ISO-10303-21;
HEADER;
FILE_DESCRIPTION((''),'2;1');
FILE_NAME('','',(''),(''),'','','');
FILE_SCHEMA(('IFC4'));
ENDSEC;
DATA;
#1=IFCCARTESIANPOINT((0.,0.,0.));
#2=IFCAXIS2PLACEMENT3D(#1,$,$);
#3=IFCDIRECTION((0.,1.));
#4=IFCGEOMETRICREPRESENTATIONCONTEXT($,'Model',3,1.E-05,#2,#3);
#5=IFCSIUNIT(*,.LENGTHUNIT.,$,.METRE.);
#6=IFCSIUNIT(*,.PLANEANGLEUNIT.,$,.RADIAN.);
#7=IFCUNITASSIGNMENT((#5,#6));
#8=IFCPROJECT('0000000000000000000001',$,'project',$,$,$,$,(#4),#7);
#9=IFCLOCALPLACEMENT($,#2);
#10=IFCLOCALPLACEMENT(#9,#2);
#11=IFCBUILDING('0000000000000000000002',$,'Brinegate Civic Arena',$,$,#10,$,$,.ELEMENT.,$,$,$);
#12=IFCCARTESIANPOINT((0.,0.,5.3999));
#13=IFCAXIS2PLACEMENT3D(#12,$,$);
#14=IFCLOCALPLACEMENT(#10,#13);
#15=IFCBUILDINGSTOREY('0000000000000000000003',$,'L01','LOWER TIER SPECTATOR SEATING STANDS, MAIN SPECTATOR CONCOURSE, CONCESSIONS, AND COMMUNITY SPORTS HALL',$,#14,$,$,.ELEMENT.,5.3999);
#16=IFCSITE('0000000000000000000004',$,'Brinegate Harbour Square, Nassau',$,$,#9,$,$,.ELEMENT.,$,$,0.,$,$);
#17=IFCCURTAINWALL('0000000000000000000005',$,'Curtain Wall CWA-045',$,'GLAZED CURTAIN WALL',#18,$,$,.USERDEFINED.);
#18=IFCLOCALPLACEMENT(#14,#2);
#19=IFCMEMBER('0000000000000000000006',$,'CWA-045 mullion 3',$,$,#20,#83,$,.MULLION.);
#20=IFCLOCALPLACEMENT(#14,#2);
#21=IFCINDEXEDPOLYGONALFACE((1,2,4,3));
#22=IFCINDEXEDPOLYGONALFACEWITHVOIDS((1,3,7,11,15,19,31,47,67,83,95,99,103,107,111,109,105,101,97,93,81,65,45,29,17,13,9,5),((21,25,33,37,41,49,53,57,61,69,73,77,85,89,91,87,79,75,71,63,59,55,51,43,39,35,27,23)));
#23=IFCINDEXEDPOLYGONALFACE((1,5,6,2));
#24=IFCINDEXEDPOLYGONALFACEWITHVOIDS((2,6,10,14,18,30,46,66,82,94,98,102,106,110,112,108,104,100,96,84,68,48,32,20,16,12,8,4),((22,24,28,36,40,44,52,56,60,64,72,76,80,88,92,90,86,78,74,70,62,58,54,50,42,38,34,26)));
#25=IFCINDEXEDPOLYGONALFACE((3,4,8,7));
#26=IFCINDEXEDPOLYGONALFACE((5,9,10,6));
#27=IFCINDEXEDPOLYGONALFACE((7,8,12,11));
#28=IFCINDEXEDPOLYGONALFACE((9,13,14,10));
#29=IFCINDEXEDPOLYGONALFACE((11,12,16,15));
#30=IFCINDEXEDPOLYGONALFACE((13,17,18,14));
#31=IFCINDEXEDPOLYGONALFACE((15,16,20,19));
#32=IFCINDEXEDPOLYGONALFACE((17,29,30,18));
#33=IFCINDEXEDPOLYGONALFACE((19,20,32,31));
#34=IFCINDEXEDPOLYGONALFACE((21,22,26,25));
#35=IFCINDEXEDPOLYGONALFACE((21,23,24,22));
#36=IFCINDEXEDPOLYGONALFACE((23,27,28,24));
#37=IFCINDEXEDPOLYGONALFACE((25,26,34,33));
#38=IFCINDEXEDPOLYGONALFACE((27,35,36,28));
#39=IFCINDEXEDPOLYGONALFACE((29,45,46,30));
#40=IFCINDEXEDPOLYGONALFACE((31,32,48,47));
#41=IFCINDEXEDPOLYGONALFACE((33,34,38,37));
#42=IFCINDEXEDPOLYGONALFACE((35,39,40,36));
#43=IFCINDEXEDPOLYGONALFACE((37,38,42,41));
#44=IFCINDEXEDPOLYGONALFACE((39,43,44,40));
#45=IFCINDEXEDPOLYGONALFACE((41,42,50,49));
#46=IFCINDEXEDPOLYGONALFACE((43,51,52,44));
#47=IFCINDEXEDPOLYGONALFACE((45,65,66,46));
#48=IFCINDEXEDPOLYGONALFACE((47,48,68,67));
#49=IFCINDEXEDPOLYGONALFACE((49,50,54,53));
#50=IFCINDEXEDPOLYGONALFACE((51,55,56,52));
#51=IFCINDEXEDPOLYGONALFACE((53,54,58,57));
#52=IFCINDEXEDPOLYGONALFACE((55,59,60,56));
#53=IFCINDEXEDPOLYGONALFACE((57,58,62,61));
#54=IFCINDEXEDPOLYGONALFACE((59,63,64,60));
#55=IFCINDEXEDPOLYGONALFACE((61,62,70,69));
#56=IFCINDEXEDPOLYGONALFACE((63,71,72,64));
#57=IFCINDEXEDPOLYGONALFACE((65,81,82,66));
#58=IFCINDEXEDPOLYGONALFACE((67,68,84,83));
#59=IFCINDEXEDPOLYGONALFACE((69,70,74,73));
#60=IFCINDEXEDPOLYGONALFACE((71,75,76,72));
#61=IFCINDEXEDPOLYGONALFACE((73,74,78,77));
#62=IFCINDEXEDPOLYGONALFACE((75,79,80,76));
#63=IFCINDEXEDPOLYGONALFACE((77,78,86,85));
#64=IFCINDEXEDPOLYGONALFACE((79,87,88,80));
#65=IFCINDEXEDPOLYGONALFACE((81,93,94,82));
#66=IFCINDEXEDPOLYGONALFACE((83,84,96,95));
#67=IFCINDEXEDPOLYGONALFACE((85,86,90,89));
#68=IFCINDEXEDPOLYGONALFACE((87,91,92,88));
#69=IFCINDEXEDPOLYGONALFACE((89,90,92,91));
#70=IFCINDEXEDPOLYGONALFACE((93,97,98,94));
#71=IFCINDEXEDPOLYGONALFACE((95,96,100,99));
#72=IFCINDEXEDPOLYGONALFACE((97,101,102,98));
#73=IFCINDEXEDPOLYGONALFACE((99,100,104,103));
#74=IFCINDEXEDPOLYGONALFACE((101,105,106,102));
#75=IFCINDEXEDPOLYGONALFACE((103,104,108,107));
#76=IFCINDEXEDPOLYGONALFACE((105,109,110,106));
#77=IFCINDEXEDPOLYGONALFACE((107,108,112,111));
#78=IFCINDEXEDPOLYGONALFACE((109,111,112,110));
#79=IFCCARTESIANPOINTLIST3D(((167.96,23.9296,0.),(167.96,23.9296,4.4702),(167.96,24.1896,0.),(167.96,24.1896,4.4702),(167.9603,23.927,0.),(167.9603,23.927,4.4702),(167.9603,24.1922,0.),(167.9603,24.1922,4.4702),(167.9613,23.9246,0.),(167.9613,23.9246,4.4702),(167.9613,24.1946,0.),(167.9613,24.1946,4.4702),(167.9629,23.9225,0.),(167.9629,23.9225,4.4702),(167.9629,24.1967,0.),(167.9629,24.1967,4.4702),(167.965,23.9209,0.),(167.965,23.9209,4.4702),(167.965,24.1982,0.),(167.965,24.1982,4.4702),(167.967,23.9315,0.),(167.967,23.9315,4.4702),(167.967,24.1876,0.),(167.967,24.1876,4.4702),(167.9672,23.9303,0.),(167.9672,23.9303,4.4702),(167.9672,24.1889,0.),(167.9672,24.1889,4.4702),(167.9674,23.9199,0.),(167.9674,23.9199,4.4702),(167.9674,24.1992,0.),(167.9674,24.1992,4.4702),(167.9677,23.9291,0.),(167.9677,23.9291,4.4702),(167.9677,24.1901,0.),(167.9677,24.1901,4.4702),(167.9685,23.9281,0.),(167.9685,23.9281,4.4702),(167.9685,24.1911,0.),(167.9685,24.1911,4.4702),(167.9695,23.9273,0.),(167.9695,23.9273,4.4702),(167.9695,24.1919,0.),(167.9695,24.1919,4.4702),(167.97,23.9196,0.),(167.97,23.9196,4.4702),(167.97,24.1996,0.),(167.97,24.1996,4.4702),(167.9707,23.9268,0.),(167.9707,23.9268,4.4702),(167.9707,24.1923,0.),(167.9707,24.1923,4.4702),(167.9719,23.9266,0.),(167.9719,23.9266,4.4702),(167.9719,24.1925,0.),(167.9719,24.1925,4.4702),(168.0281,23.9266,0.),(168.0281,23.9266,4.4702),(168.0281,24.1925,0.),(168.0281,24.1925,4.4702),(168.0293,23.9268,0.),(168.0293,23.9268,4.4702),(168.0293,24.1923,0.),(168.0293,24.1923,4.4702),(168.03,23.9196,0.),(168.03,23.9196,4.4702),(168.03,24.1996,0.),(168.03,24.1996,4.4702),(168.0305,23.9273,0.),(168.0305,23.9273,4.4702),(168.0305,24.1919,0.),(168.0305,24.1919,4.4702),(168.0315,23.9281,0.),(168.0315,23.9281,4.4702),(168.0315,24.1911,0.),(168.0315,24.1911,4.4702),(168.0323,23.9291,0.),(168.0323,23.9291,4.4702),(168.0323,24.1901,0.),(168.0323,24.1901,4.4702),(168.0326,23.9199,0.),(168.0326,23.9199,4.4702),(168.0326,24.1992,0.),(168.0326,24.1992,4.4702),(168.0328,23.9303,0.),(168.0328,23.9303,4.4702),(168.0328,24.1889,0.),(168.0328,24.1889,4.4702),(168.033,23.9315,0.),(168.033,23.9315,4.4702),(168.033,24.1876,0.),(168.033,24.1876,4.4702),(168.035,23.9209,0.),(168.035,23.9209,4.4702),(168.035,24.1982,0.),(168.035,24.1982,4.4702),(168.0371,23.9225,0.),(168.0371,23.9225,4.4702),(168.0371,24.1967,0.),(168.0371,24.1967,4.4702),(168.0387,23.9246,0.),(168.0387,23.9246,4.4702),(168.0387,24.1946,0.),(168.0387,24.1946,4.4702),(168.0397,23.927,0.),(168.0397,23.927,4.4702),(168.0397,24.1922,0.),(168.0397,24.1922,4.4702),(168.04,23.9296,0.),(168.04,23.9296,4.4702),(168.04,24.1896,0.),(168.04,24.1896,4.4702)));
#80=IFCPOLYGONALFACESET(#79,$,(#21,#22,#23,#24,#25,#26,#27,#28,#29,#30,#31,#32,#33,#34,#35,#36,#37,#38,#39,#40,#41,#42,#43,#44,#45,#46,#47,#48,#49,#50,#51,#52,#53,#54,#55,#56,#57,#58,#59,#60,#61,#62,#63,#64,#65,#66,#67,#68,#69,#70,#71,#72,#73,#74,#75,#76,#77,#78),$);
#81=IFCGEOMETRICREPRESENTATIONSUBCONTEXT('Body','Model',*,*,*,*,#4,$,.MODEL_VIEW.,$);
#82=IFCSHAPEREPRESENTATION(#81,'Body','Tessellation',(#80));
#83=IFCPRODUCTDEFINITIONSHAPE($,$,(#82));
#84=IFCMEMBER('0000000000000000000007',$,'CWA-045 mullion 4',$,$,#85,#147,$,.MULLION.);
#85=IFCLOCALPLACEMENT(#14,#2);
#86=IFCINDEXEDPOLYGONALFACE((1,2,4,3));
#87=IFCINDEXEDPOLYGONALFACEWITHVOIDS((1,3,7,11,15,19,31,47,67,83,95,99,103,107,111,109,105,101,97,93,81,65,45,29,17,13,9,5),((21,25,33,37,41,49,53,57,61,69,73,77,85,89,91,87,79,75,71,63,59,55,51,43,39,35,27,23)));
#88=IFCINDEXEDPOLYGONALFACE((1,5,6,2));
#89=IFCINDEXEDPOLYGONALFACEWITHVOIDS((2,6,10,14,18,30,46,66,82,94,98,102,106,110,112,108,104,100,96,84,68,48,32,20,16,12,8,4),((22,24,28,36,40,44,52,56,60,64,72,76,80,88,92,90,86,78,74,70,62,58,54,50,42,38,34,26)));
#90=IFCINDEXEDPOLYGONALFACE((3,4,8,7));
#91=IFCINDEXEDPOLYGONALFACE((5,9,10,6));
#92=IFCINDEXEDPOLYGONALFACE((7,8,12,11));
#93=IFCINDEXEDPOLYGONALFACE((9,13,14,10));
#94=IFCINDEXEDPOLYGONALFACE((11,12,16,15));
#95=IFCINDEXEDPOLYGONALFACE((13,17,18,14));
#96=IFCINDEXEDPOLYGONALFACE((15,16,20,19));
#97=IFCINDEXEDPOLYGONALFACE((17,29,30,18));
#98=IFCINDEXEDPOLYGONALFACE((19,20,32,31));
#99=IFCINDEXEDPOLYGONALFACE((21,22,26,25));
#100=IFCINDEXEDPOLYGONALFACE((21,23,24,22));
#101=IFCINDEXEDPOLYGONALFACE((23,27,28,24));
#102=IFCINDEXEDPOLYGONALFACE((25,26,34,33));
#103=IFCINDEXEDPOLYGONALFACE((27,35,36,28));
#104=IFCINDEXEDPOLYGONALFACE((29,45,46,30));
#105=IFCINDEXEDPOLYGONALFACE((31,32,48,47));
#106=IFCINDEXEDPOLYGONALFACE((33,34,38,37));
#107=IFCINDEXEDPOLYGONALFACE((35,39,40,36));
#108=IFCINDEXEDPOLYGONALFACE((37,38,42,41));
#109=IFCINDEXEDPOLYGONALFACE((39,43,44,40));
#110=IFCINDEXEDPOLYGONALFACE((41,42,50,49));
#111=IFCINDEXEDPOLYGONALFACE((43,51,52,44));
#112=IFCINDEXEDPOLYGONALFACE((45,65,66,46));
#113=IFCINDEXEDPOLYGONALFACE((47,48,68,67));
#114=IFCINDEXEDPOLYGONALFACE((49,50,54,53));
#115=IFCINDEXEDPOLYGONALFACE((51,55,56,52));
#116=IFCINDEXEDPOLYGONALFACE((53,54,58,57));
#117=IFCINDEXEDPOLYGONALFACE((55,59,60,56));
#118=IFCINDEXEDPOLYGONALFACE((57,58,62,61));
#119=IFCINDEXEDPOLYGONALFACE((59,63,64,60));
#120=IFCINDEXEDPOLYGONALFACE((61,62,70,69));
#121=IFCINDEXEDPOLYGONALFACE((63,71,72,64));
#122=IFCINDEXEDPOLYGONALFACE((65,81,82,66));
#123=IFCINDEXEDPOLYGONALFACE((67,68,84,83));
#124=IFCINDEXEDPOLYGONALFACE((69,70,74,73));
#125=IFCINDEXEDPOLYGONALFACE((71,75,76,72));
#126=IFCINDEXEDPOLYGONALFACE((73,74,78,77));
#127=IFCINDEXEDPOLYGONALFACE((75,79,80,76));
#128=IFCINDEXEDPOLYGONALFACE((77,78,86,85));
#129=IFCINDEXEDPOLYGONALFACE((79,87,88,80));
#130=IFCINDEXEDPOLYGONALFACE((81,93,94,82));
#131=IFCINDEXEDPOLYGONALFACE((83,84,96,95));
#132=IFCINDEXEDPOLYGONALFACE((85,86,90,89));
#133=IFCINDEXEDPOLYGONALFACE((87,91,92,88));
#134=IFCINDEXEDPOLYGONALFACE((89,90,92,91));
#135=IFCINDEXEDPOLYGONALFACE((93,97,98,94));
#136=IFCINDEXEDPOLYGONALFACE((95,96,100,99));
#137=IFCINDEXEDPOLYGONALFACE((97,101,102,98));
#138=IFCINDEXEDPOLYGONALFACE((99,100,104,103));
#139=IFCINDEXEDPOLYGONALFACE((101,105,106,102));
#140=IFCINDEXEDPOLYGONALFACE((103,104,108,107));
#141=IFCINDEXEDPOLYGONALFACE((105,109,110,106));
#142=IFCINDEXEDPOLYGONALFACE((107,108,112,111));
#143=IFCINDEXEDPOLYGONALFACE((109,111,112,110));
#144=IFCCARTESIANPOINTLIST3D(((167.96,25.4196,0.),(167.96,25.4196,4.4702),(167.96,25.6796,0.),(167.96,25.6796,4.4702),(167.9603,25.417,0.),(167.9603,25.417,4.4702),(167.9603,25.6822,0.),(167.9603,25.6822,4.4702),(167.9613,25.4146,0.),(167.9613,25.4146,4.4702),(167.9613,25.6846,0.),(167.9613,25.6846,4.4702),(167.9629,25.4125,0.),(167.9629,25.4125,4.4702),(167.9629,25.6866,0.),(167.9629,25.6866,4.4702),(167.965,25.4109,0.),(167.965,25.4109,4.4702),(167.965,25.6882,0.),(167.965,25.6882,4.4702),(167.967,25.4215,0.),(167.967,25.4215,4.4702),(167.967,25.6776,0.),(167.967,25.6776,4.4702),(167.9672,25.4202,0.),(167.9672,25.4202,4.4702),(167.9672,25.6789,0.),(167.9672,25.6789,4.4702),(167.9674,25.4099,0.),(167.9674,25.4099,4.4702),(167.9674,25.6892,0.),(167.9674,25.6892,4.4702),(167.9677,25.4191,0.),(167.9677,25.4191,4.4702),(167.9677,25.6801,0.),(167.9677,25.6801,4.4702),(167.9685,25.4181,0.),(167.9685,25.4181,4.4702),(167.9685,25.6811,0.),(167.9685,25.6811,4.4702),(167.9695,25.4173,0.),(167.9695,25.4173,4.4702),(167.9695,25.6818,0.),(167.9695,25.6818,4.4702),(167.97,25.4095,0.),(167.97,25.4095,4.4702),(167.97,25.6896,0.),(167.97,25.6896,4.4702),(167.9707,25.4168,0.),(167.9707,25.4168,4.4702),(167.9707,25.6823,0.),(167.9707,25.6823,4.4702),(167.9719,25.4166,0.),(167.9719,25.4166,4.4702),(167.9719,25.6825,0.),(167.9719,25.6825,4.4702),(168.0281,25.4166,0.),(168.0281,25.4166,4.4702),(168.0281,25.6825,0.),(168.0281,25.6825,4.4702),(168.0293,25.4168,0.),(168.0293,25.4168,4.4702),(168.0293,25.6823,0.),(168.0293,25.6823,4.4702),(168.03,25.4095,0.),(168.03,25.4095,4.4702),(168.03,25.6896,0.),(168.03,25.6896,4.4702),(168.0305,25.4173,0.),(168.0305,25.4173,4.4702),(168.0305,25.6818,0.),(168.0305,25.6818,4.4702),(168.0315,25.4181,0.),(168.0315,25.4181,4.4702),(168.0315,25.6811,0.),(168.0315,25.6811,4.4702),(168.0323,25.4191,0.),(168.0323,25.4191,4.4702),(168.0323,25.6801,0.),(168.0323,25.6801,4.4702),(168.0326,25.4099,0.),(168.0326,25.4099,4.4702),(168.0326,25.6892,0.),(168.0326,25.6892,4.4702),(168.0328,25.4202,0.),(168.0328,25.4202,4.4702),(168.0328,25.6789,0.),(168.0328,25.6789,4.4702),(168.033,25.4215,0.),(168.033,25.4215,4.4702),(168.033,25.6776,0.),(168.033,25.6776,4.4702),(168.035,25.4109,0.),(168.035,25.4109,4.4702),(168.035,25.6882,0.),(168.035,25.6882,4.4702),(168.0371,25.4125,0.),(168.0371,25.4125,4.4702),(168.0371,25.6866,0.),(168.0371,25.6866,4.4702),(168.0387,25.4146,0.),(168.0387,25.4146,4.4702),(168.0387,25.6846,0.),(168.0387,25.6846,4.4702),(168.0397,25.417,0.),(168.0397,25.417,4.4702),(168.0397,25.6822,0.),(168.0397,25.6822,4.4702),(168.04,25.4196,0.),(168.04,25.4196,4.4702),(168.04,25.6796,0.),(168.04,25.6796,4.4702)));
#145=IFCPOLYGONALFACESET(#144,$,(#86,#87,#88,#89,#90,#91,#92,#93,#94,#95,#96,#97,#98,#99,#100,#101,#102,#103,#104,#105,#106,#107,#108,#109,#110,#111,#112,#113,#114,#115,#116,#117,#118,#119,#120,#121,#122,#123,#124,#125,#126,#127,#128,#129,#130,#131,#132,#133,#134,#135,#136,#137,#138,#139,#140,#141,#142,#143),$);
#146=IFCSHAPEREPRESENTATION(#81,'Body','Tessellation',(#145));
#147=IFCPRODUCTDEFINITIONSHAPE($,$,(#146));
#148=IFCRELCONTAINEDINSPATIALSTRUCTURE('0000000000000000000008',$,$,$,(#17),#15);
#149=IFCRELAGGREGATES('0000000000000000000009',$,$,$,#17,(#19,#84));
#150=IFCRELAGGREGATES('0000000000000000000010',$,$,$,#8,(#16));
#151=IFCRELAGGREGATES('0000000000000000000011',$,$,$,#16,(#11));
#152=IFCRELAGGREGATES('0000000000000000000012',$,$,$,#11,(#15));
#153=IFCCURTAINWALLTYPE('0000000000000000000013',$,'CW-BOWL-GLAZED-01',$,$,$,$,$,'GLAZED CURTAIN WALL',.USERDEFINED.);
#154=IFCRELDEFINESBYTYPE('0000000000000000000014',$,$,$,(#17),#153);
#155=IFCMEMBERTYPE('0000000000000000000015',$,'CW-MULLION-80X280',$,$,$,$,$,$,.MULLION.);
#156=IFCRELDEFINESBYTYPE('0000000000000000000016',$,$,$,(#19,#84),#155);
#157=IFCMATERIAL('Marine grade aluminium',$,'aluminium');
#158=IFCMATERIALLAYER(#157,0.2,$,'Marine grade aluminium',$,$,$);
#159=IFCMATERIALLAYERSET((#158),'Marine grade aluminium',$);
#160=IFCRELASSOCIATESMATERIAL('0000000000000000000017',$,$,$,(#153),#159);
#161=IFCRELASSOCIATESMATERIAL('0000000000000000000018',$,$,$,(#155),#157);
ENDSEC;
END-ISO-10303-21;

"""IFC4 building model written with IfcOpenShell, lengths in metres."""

from ifc_helpers import new_model, si_unit, direction, frame, origin, origin_2d, place, context, subcontext, project, spatial, hollow_rectangle, extrude, material, layer, layer_set, material_profile, profile_set, type_object, element, aggregate, save


model = new_model("IFC4")

# Units and contexts
model_context = context("Model", 3, precision=1e-05, world=origin(), true_north=direction((0.0, 1.0)))
body_context = subcontext(model_context, "Body", "Model", "MODEL_VIEW")
ifc_project = project(units=[si_unit("LENGTHUNIT", "METRE"), si_unit("PLANEANGLEUNIT", "RADIAN")], contexts=[model_context])

# Site, building, storey
site_placement = place(None, origin())
site = spatial("IfcSite", under=ifc_project, at=site_placement, Name="Brinegate Harbour Square, Nassau", CompositionType="ELEMENT", RefElevation=0.0)
building_placement = place(site_placement, origin())
building = spatial("IfcBuilding", under=site, at=building_placement, Name="Brinegate Civic Arena", CompositionType="ELEMENT")
storey_placement = place(building_placement, frame((0.0, 0.0, 5.3999)))
storey = spatial("IfcBuildingStorey", under=building, at=storey_placement, Name="L01", Description="LOWER TIER SPECTATOR SEATING STANDS, MAIN SPECTATOR CONCOURSE, CONCESSIONS, AND COMMUNITY SPORTS HALL", CompositionType="ELEMENT", Elevation=5.3999)

# Curtain wall, members
ifc_material_1 = material(Name="Marine grade aluminium", Category="aluminium")
ifc_layer_1 = layer(ifc_material_1, 0.2, Name="Marine grade aluminium")
ifc_layer_set_1 = layer_set([ifc_layer_1], Name="Marine grade aluminium")
curtain_wall_type = type_object("IfcCurtainWallType", Name="CW-BOWL-GLAZED-01", ElementType="GLAZED CURTAIN WALL", PredefinedType="USERDEFINED", material=ifc_layer_set_1)
curtain_wall_placement = place(storey_placement, origin())
curtain_wall = element("IfcCurtainWall", 1, at=curtain_wall_placement, inside=storey, type_object=curtain_wall_type, Name="Curtain Wall CWA-045", ObjectType="GLAZED CURTAIN WALL", PredefinedType="USERDEFINED")
ifc_material_profile_1 = material_profile(ifc_material_1, hollow_rectangle(XDim=0.0801, YDim=0.28, WallThickness=0.0071, InnerFilletRadius=0.0049, OuterFilletRadius=0.01, at=origin_2d()), Name="MUL80X280")
ifc_profile_set_1 = profile_set([ifc_material_profile_1], Name="Marine grade aluminium")
member_type_1 = type_object("IfcMemberType", Name="CW-MULLION-80X280", PredefinedType="MULLION", material=ifc_profile_set_1)
member_1_placement = place(storey_placement, frame((168.0, 24.0596, 0.0), z_axis=(0.0, 0.0, 1.0), x_axis=(-1.0, 0.0, 0.0)))
member_1 = element("IfcMember", 2, at=member_1_placement, type_object=member_type_1, Name="CWA-045 mullion 3", PredefinedType="MULLION", context=body_context, shape_type="SweptSolid", body=[
    extrude(hollow_rectangle(XDim=0.0801, YDim=0.28, WallThickness=0.0071, InnerFilletRadius=0.0049, OuterFilletRadius=0.01, at=origin_2d()), origin(), (0.0, 0.0, 1.0), 4.4702),
])
member_2_placement = place(storey_placement, frame((168.0, 25.5496, 0.0), z_axis=(0.0, 0.0, 1.0), x_axis=(-1.0, 0.0, 0.0)))
member_2 = element("IfcMember", 3, at=member_2_placement, type_object=member_type_1, Name="CWA-045 mullion 4", PredefinedType="MULLION", context=body_context, shape_type="SweptSolid", body=[
    extrude(hollow_rectangle(XDim=0.0801, YDim=0.28, WallThickness=0.0071, InnerFilletRadius=0.0049, OuterFilletRadius=0.01, at=origin_2d()), origin(), (0.0, 0.0, 1.0), 4.4702),
])

aggregate(curtain_wall, [member_1, member_2])

save(model, "model.ifc")
